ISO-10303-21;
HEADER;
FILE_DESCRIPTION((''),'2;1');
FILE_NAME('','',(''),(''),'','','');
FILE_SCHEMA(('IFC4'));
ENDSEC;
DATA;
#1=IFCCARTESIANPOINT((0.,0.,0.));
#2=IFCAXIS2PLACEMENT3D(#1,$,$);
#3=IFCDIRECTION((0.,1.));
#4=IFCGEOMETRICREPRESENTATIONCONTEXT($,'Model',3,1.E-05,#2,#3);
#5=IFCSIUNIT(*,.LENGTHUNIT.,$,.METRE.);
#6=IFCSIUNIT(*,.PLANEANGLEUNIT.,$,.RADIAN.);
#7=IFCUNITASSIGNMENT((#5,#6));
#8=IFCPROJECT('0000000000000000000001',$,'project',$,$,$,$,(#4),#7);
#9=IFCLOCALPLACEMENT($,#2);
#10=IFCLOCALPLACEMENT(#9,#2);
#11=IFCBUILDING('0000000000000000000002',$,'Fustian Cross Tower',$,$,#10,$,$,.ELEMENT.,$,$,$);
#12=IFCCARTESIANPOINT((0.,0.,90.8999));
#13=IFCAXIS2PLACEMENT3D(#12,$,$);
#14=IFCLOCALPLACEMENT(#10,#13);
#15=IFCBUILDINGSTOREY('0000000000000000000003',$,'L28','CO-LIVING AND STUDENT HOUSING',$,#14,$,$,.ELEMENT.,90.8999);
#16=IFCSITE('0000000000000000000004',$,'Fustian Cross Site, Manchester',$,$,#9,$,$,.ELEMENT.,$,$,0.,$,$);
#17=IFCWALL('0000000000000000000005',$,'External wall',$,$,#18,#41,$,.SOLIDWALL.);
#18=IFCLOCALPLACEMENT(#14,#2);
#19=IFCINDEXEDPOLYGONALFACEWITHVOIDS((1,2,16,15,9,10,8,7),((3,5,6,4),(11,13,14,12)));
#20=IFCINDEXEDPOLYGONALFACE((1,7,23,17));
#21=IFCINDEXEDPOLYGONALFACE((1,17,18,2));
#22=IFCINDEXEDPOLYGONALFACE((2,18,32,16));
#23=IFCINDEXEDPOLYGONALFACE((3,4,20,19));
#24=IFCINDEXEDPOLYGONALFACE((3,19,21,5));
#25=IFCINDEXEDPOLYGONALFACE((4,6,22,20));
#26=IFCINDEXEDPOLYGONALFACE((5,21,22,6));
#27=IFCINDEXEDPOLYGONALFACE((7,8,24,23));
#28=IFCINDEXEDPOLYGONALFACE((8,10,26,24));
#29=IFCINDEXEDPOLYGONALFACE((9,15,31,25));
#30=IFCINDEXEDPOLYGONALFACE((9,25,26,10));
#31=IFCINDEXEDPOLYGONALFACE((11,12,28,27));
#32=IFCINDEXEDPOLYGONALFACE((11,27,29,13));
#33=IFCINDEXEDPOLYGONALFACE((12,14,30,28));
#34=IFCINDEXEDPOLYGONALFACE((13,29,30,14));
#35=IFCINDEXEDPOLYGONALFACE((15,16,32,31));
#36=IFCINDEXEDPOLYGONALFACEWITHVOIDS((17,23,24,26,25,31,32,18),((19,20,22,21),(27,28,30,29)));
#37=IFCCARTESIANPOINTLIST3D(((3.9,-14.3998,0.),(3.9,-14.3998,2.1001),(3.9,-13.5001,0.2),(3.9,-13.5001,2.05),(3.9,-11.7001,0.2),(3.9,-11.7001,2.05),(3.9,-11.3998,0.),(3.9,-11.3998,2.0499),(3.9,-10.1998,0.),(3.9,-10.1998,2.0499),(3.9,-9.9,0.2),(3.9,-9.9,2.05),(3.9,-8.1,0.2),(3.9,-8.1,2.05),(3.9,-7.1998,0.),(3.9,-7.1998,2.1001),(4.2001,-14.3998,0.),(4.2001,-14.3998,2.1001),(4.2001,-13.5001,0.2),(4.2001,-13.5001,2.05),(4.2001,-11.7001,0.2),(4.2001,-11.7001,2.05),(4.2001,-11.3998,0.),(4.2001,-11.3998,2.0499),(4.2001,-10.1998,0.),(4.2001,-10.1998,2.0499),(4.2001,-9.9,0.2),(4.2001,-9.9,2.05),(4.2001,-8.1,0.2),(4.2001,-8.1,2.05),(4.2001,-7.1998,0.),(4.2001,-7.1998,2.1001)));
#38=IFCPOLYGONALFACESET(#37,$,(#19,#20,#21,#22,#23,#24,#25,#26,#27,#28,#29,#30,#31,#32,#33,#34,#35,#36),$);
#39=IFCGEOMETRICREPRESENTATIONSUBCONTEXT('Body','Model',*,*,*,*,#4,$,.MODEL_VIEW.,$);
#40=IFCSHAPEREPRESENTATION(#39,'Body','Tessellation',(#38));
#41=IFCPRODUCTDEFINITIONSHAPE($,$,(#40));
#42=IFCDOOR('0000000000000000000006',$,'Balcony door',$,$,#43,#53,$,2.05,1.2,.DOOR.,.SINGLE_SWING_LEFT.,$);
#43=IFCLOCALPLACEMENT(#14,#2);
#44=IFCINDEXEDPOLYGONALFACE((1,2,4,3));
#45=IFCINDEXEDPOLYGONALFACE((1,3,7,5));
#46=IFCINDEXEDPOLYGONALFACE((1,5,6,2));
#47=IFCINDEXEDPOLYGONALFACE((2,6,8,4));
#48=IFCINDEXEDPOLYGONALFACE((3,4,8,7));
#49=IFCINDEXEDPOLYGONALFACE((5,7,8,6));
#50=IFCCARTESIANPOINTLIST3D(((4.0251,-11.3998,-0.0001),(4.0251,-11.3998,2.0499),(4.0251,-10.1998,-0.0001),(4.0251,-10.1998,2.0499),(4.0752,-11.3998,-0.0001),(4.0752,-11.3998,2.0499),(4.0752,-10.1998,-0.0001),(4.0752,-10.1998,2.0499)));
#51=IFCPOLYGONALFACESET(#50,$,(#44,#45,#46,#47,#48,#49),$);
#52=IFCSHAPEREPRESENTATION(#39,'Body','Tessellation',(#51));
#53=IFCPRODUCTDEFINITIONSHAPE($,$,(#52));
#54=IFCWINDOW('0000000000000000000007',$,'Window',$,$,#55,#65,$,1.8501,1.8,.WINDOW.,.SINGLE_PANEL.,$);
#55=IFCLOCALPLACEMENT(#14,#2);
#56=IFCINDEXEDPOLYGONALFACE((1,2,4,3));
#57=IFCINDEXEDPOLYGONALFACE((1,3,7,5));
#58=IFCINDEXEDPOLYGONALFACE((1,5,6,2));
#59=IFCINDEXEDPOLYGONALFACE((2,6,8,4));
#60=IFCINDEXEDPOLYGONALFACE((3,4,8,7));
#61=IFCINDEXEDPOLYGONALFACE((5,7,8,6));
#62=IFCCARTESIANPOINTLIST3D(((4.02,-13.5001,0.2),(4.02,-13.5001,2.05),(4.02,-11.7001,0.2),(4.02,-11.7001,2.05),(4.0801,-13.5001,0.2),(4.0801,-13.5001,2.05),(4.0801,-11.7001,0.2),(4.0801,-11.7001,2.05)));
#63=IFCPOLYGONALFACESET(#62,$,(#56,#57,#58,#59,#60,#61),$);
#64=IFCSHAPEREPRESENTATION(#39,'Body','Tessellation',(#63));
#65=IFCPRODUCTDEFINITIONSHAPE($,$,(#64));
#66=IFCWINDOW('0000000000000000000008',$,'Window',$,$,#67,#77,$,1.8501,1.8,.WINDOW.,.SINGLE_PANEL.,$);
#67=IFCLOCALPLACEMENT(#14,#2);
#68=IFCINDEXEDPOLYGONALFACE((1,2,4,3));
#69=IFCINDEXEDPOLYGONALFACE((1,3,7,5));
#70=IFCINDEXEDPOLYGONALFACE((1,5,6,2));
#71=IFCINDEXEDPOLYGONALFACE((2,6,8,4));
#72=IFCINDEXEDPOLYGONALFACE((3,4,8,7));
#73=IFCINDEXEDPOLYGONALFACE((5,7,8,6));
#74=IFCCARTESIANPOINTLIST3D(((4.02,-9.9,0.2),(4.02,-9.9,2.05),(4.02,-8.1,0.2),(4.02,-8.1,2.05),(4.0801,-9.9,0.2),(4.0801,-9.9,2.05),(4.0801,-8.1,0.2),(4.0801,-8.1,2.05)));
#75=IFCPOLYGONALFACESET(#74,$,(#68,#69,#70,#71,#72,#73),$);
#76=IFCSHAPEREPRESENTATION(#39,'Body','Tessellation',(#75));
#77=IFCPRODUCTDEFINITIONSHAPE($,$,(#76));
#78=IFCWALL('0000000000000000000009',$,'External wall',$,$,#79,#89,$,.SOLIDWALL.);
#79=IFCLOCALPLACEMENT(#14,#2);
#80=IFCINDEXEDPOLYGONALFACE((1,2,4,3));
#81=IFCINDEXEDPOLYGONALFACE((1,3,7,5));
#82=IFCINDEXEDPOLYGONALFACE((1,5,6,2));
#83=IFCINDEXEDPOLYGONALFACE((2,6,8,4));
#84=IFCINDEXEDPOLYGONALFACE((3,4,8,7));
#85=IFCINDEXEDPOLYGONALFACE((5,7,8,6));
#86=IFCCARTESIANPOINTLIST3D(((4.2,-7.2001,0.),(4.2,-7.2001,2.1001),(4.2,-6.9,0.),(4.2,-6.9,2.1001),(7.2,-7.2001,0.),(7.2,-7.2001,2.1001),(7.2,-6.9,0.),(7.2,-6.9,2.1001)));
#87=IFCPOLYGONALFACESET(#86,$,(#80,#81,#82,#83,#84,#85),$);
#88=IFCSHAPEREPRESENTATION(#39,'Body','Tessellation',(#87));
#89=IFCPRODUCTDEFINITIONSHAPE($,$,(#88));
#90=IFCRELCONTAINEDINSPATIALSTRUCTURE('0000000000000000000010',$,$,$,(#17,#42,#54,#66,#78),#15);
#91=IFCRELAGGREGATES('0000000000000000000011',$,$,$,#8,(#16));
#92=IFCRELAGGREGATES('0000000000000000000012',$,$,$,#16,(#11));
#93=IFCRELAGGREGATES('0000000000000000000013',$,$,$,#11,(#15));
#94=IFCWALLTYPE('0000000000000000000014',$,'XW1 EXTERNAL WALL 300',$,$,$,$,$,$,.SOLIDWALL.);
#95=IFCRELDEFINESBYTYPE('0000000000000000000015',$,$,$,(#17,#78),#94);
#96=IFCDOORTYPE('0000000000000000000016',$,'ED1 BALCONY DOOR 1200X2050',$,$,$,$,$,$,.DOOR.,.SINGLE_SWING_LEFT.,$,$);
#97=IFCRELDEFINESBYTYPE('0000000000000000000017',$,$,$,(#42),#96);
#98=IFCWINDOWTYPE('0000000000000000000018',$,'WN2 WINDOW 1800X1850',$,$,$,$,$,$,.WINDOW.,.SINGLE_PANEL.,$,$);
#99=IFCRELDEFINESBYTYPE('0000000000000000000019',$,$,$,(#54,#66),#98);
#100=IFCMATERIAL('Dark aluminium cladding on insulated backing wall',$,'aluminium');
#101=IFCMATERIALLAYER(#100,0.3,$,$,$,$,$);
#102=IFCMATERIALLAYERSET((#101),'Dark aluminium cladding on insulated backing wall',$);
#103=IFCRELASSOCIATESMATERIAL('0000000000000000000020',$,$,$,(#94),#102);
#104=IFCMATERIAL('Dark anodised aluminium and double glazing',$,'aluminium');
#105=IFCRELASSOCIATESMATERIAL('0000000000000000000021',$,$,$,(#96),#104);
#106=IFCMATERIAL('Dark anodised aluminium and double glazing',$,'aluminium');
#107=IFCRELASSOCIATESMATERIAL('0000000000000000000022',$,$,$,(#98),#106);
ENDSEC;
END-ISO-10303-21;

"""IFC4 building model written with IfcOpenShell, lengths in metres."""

from ifc_helpers import new_model, si_unit, direction, frame, frame_2d, origin, place, context, subcontext, project, spatial, rectangle, extrude, material, layer, layer_set, type_object, element, fill, save


model = new_model("IFC4")

# Units and contexts
model_context = context("Model", 3, precision=1e-05, world=origin(), true_north=direction((0.0, 1.0)))
body_context = subcontext(model_context, "Body", "Model", "MODEL_VIEW")
ifc_project = project(units=[si_unit("LENGTHUNIT", "METRE"), si_unit("PLANEANGLEUNIT", "RADIAN")], contexts=[model_context])

# Site, building, storey
site_placement = place(None, origin())
site = spatial("IfcSite", under=ifc_project, at=site_placement, Name="Fustian Cross Site, Manchester", CompositionType="ELEMENT", RefElevation=0.0)
building_placement = place(site_placement, origin())
building = spatial("IfcBuilding", under=site, at=building_placement, Name="Fustian Cross Tower", CompositionType="ELEMENT")
storey_placement = place(building_placement, frame((0.0, 0.0, 90.8999)))
storey = spatial("IfcBuildingStorey", under=building, at=storey_placement, Name="L28", Description="CO-LIVING AND STUDENT HOUSING", CompositionType="ELEMENT", Elevation=90.8999)

# Wall, openings, door, windows
ifc_material_1 = material(Name="Dark aluminium cladding on insulated backing wall", Category="aluminium")
ifc_layer_1 = layer(ifc_material_1, 0.3)
ifc_layer_set_1 = layer_set([ifc_layer_1], Name="Dark aluminium cladding on insulated backing wall")
wall_type_1 = type_object("IfcWallType", Name="XW1 EXTERNAL WALL 300", PredefinedType="SOLIDWALL", material=ifc_layer_set_1)
wall_1_placement = place(storey_placement, frame((4.05, -14.3999, 0.0), z_axis=(0.0, 0.0, 1.0), x_axis=(0.0, 1.0, 0.0)))
wall_1 = element("IfcWall", 1, at=wall_1_placement, inside=storey, type_object=wall_type_1, Name="External wall", PredefinedType="SOLIDWALL", context=body_context, shape_type="SweptSolid", body=[
    extrude(rectangle(XDim=7.2, YDim=0.3, at=frame_2d((3.6001, 0.0))), origin(), (0.0, 0.0, 1.0), 2.1001),
])
opening_1_placement = place(wall_1_placement, frame((3.0, 0.0, 0.0)))
opening_1 = element("IfcOpeningElement", 2, at=opening_1_placement, cuts=wall_1, PredefinedType="OPENING", context=body_context, shape_type="SweptSolid", body=[
    extrude(rectangle(XDim=1.2, YDim=2.05, at=frame_2d((0.6001, 1.0249))), frame((0.0, 0.1599, 0.0), z_axis=(0.0, -1.0, 0.0), x_axis=(1.0, 0.0, 0.0)), (0.0, 0.0, 1.0), 0.3201),
])
opening_2_placement = place(wall_1_placement, frame((0.8999, 0.0, 0.2)))
opening_2 = element("IfcOpeningElement", 3, at=opening_2_placement, cuts=wall_1, PredefinedType="OPENING", context=body_context, shape_type="SweptSolid", body=[
    extrude(rectangle(XDim=1.8, YDim=1.8501, at=frame_2d((0.8999, 0.925))), frame((0.0, 0.1599, 0.0), z_axis=(0.0, -1.0, 0.0), x_axis=(1.0, 0.0, 0.0)), (0.0, 0.0, 1.0), 0.3201),
])
opening_3_placement = place(wall_1_placement, frame((4.5, 0.0, 0.2)))
opening_3 = element("IfcOpeningElement", 4, at=opening_3_placement, cuts=wall_1, PredefinedType="OPENING", context=body_context, shape_type="SweptSolid", body=[
    extrude(rectangle(XDim=1.8, YDim=1.8501, at=frame_2d((0.8999, 0.925))), frame((0.0, 0.1599, 0.0), z_axis=(0.0, -1.0, 0.0), x_axis=(1.0, 0.0, 0.0)), (0.0, 0.0, 1.0), 0.3201),
])
ifc_material_2 = material(Name="Dark anodised aluminium and double glazing", Category="aluminium")
door_type_1 = type_object("IfcDoorType", Name="ED1 BALCONY DOOR 1200X2050", OperationType="SINGLE_SWING_LEFT", PredefinedType="DOOR", material=ifc_material_2)
door_1_placement = place(opening_1_placement, origin())
door_1 = element("IfcDoor", 5, at=door_1_placement, inside=storey, type_object=door_type_1, Name="Balcony door", OperationType="SINGLE_SWING_LEFT", OverallHeight=2.05, OverallWidth=1.2, PredefinedType="DOOR", context=body_context, shape_type="SweptSolid", body=[
    extrude(rectangle(XDim=1.2, YDim=2.05, at=frame_2d((0.6001, 1.0249))), frame((0.0, 0.0249, 0.0), z_axis=(0.0, -1.0, 0.0), x_axis=(1.0, 0.0, 0.0)), (0.0, 0.0, 1.0), 0.05),
])
fill(opening_1, door_1)
ifc_material_3 = material(Name="Dark anodised aluminium and double glazing", Category="aluminium")
window_type = type_object("IfcWindowType", Name="WN2 WINDOW 1800X1850", PartitioningType="SINGLE_PANEL", PredefinedType="WINDOW", material=ifc_material_3)
window_1_placement = place(opening_2_placement, origin())
window_1 = element("IfcWindow", 6, at=window_1_placement, inside=storey, type_object=window_type, Name="Window", OverallHeight=1.8501, OverallWidth=1.8, PartitioningType="SINGLE_PANEL", PredefinedType="WINDOW", context=body_context, shape_type="SweptSolid", body=[
    extrude(rectangle(XDim=1.8, YDim=1.8501, at=frame_2d((0.8999, 0.925))), frame((0.0, 0.03, 0.0), z_axis=(0.0, -1.0, 0.0), x_axis=(1.0, 0.0, 0.0)), (0.0, 0.0, 1.0), 0.0601),
])
fill(opening_2, window_1)
window_2_placement = place(opening_3_placement, origin())
window_2 = element("IfcWindow", 7, at=window_2_placement, inside=storey, type_object=window_type, Name="Window", OverallHeight=1.8501, OverallWidth=1.8, PartitioningType="SINGLE_PANEL", PredefinedType="WINDOW", context=body_context, shape_type="SweptSolid", body=[
    extrude(rectangle(XDim=1.8, YDim=1.8501, at=frame_2d((0.8999, 0.925))), frame((0.0, 0.03, 0.0), z_axis=(0.0, -1.0, 0.0), x_axis=(1.0, 0.0, 0.0)), (0.0, 0.0, 1.0), 0.0601),
])
fill(opening_3, window_2)

# Wall
wall_2_placement = place(storey_placement, frame((4.2, -7.05, 0.0), z_axis=(0.0, 0.0, 1.0), x_axis=(1.0, 0.0, 0.0)))
element("IfcWall", 8, at=wall_2_placement, inside=storey, type_object=wall_type_1, Name="External wall", PredefinedType="SOLIDWALL", context=body_context, shape_type="SweptSolid", body=[
    extrude(rectangle(XDim=3.0, YDim=0.3, at=frame_2d((1.5, 0.0))), origin(), (0.0, 0.0, 1.0), 2.1001),
])

save(model, "model.ifc")
